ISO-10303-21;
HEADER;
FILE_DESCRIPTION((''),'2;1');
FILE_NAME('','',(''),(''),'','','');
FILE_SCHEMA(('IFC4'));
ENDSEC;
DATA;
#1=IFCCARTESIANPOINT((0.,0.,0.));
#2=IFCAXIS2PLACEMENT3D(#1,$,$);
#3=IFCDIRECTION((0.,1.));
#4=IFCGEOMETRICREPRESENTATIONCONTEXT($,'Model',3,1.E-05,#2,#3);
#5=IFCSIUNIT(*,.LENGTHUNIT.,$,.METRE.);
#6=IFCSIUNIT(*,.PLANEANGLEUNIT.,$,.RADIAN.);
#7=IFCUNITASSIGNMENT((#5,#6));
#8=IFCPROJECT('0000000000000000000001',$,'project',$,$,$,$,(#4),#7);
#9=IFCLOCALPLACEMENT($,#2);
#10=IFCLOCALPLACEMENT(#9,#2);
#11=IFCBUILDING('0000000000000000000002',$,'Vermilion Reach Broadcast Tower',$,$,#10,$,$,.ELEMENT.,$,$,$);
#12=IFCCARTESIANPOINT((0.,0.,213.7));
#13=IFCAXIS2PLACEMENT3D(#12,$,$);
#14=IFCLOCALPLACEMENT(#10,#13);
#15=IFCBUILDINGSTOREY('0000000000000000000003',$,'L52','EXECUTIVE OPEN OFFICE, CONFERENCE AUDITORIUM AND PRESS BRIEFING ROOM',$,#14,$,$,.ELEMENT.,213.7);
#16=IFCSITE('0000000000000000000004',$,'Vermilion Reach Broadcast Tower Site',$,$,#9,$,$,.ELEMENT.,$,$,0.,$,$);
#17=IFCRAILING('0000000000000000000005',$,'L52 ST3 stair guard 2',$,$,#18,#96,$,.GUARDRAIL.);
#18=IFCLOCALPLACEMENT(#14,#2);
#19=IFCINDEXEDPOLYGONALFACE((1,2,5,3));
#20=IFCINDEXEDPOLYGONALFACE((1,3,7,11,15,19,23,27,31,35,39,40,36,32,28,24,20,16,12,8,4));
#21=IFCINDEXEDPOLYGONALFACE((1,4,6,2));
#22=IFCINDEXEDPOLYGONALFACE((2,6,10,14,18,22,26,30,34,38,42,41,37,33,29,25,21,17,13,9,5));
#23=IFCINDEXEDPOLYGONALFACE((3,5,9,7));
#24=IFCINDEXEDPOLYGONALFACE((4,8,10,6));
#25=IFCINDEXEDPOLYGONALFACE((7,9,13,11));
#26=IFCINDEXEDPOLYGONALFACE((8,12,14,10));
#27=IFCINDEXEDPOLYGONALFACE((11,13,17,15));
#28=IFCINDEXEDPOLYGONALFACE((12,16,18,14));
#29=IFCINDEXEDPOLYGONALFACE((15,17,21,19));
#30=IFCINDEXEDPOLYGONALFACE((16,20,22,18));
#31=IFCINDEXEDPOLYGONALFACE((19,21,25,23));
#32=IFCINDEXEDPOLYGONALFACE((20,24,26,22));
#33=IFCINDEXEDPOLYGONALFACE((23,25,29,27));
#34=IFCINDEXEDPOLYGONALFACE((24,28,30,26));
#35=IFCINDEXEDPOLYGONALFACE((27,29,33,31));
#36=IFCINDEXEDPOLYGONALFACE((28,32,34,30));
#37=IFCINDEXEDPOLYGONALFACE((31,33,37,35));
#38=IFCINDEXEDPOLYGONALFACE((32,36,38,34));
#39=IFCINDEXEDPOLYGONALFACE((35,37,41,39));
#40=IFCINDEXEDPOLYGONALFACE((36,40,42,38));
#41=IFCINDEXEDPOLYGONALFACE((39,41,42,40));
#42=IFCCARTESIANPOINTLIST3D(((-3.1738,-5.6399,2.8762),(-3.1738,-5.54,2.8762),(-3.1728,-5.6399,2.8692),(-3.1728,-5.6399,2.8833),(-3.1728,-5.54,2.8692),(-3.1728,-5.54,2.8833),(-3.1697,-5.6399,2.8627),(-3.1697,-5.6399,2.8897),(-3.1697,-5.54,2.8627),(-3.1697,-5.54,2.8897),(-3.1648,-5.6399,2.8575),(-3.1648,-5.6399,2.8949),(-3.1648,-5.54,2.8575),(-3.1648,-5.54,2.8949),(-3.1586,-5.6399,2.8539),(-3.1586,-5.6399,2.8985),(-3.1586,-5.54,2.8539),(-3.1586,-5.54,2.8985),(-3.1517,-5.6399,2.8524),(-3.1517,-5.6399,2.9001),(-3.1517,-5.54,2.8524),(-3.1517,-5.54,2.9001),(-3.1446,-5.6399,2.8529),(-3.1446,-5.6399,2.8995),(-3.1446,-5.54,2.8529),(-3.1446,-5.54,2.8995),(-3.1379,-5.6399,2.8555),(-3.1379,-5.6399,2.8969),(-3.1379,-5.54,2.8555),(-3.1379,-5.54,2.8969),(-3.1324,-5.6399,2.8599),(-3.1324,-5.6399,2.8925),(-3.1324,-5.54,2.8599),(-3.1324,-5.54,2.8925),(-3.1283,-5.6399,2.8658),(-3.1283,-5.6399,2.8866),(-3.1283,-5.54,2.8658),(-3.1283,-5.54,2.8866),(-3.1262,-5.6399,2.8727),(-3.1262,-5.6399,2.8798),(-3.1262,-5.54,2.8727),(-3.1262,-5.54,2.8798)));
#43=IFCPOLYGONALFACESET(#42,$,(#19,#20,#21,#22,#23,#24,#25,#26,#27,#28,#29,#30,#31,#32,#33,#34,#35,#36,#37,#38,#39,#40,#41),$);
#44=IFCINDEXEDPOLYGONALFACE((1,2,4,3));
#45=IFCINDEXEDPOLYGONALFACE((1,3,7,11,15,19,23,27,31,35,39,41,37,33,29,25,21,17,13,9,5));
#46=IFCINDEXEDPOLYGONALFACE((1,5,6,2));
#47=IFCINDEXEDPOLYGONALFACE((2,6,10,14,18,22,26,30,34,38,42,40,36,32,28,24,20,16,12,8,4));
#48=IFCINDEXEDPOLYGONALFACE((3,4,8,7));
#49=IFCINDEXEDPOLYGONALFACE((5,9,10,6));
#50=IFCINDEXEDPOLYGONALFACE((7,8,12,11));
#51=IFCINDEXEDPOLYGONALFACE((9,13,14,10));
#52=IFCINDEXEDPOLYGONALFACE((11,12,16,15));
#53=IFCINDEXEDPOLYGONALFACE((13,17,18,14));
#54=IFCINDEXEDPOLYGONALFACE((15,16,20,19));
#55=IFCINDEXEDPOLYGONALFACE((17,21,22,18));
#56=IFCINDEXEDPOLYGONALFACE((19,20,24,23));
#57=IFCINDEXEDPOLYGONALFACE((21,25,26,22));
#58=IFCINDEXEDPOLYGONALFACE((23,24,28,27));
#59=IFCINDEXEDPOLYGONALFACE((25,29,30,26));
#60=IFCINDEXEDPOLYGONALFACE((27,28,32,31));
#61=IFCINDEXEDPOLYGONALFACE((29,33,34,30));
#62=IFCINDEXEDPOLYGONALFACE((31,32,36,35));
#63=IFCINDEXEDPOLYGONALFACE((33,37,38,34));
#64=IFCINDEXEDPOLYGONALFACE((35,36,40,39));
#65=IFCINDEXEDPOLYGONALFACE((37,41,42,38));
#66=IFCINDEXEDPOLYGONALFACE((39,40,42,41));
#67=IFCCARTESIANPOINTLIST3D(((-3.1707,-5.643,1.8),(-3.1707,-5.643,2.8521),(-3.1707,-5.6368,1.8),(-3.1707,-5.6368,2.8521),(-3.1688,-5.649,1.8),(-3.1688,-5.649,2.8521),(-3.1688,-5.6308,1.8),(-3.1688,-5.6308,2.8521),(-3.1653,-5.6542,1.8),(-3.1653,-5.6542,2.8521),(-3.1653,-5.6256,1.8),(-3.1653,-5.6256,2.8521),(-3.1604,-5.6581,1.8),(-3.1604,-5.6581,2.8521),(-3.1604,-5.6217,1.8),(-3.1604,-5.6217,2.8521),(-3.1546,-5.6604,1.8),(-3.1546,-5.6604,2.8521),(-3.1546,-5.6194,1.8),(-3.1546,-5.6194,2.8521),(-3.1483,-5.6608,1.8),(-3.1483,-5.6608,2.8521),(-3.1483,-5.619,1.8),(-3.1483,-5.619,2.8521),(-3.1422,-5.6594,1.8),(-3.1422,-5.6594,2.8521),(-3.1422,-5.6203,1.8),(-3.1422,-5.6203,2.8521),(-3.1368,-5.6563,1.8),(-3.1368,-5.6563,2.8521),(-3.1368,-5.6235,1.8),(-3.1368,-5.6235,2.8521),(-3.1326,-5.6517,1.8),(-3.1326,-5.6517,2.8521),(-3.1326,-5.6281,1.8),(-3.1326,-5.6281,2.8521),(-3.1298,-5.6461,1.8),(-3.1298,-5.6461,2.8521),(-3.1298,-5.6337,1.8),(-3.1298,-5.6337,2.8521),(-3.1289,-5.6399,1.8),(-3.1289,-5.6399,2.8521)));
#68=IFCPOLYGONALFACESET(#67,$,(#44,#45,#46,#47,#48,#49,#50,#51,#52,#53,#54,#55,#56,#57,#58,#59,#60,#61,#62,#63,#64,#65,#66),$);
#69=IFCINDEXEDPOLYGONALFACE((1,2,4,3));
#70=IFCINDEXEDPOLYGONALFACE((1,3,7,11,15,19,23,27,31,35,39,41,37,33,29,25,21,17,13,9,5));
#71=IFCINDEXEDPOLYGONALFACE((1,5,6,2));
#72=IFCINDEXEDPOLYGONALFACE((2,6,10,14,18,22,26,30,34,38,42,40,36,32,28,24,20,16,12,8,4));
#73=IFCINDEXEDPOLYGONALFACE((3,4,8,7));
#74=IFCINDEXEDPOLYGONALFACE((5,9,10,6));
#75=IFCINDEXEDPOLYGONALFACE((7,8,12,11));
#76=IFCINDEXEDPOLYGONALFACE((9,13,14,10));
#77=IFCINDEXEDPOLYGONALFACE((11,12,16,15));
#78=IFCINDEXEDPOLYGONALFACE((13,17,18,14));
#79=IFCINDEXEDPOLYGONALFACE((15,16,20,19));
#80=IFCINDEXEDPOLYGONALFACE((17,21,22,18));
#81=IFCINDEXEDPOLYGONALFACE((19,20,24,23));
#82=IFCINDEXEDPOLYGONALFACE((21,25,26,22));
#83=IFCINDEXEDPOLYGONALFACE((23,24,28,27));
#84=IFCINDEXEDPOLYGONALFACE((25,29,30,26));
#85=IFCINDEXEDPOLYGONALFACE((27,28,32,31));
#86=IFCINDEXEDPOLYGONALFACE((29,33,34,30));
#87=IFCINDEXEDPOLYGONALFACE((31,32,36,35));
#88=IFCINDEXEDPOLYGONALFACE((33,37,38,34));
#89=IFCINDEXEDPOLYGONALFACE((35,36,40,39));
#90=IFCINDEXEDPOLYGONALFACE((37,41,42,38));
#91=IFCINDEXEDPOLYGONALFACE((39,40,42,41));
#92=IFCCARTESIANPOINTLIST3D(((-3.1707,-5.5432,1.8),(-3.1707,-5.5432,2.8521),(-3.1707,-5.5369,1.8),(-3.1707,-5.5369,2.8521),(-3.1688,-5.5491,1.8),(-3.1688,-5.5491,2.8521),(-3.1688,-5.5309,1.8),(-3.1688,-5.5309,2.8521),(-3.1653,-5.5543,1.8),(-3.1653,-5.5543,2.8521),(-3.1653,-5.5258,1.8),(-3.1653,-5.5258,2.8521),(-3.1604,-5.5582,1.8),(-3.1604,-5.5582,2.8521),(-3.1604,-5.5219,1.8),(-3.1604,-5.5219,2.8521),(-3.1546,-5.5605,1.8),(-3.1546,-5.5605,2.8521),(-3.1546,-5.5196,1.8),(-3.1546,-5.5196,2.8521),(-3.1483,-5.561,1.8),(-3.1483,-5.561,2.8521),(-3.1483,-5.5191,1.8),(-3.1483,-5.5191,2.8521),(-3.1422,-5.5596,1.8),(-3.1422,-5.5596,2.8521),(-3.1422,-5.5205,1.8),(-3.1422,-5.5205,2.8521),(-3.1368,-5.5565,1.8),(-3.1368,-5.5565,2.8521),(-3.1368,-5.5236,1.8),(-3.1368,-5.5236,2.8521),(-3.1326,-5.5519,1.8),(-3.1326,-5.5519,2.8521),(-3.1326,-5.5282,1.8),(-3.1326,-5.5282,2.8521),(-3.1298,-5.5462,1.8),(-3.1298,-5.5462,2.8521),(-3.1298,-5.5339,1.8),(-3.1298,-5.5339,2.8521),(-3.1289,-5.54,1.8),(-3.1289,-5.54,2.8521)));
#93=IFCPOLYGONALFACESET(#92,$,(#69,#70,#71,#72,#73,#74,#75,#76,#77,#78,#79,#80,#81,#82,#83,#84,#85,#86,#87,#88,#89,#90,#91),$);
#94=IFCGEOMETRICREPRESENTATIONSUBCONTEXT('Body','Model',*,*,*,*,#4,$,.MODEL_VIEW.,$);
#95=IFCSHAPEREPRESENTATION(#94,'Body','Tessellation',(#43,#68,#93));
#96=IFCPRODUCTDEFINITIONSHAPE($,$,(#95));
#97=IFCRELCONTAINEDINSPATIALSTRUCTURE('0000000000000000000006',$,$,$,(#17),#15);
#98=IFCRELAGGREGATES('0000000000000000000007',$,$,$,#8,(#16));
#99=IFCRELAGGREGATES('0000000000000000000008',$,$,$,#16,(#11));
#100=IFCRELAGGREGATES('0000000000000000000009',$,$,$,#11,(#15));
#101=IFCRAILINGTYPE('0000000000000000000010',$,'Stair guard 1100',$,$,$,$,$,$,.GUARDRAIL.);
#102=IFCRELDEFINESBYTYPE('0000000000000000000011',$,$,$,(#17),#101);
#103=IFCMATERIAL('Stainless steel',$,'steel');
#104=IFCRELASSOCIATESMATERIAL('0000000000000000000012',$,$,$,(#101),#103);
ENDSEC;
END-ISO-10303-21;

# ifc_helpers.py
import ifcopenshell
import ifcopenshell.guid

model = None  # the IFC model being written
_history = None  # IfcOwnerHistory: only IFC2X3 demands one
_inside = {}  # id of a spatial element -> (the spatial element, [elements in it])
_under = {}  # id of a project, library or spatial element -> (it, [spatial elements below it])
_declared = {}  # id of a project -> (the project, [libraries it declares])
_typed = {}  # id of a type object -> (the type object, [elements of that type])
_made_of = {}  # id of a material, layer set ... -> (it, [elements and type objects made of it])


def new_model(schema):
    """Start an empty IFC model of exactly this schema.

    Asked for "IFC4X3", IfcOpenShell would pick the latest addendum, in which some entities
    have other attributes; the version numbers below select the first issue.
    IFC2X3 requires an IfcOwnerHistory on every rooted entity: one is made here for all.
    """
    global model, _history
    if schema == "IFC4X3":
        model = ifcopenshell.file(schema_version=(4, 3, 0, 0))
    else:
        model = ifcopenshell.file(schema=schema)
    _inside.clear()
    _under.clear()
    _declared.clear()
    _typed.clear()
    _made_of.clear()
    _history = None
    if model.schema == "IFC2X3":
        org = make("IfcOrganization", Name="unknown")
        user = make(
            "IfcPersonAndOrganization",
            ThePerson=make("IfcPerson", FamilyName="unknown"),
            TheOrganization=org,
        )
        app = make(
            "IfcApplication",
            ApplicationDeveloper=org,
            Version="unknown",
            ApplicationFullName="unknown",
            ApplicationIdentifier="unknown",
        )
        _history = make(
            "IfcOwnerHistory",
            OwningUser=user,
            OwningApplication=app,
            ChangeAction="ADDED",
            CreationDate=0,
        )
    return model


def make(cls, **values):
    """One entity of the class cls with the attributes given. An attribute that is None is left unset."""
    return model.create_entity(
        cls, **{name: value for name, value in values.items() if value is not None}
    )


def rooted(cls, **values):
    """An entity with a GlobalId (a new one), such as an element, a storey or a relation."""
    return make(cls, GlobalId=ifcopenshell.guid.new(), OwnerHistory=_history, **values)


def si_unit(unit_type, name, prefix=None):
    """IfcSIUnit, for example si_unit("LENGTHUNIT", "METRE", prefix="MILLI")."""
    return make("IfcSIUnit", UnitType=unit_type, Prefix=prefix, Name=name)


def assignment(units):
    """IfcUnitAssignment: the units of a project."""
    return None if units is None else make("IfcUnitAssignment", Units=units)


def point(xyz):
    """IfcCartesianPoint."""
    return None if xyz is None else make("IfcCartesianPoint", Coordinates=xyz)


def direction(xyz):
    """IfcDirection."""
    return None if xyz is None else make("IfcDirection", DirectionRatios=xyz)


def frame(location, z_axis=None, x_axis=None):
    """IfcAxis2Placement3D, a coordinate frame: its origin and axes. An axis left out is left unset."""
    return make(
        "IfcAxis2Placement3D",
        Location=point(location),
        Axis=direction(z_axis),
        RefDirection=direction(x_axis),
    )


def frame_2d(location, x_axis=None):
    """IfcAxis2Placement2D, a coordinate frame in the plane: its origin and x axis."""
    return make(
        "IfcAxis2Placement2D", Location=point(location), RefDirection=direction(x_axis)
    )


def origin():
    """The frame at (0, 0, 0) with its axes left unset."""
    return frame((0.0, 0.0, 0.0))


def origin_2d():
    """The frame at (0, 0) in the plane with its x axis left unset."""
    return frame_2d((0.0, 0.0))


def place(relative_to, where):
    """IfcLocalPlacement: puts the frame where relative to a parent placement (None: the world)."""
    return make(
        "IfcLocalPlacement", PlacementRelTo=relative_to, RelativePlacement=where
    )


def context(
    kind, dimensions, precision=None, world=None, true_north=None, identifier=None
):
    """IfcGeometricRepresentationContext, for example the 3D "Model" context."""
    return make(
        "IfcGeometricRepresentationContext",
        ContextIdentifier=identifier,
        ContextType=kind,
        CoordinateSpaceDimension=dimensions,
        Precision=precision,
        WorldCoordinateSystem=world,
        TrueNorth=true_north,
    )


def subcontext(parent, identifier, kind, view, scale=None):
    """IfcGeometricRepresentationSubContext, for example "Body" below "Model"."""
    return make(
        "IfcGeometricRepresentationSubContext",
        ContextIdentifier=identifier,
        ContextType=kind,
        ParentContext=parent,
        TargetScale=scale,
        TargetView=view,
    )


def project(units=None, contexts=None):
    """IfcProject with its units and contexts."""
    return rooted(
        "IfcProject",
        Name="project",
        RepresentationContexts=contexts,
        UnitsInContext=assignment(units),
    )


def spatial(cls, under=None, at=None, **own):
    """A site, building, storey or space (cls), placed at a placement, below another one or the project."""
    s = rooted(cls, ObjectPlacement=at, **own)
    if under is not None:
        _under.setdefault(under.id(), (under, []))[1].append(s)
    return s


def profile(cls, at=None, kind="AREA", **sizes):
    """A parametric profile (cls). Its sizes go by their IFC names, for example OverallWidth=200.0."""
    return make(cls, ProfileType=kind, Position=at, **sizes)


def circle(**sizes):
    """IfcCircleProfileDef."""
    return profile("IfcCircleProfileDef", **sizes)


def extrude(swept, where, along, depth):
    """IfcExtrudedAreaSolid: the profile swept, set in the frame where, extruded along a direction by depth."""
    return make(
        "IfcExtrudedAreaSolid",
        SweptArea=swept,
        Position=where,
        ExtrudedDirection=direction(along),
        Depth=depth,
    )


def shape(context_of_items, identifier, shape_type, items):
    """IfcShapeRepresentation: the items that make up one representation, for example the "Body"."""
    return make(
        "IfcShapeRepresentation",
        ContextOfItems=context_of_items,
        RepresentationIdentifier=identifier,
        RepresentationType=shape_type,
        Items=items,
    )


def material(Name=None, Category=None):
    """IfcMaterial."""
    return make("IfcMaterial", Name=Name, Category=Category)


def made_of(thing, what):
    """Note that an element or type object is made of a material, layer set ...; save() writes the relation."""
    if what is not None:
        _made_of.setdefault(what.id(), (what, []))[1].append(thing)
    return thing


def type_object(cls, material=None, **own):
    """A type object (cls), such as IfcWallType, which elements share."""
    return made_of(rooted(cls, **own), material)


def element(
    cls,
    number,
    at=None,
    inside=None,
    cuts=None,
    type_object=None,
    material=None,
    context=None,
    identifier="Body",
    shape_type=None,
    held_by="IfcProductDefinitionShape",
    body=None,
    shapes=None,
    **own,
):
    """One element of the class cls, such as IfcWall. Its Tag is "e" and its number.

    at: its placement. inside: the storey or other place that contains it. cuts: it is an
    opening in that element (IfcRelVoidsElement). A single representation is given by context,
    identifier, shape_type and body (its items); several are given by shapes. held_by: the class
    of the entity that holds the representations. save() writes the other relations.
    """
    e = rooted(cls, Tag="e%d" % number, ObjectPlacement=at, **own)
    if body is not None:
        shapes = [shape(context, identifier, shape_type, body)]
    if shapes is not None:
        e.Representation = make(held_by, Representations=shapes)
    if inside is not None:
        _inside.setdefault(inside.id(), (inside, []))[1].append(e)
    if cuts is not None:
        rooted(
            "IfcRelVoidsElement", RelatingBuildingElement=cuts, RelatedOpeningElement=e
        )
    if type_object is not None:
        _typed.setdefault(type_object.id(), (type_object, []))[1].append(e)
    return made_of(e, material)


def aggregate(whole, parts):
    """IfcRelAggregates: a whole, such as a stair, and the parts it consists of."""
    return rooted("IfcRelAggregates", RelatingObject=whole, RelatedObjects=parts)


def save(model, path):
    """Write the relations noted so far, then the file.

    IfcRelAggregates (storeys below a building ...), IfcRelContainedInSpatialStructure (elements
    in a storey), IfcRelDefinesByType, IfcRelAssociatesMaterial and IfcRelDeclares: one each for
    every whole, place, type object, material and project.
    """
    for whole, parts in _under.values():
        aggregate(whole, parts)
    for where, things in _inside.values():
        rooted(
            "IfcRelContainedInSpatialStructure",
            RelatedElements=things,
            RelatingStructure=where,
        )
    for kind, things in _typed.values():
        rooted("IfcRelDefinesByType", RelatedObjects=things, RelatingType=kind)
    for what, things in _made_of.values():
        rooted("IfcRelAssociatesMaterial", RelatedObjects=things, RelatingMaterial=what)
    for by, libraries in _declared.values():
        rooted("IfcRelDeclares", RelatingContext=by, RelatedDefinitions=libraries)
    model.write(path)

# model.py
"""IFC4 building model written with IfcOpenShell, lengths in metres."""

from ifc_helpers import new_model, si_unit, direction, frame, origin, origin_2d, place, context, subcontext, project, spatial, circle, extrude, material, type_object, element, save


model = new_model("IFC4")

# Units and contexts
model_context = context("Model", 3, precision=1e-05, world=origin(), true_north=direction((0.0, 1.0)))
body_context = subcontext(model_context, "Body", "Model", "MODEL_VIEW")
ifc_project = project(units=[si_unit("LENGTHUNIT", "METRE"), si_unit("PLANEANGLEUNIT", "RADIAN")], contexts=[model_context])

# Site, building, storey
site_placement = place(None, origin())
site = spatial("IfcSite", under=ifc_project, at=site_placement, Name="Vermilion Reach Broadcast Tower Site", CompositionType="ELEMENT", RefElevation=0.0)
building_placement = place(site_placement, origin())
building = spatial("IfcBuilding", under=site, at=building_placement, Name="Vermilion Reach Broadcast Tower", CompositionType="ELEMENT")
storey_placement = place(building_placement, frame((0.0, 0.0, 213.7)))
storey = spatial("IfcBuildingStorey", under=building, at=storey_placement, Name="L52", Description="EXECUTIVE OPEN OFFICE, CONFERENCE AUDITORIUM AND PRESS BRIEFING ROOM", CompositionType="ELEMENT", Elevation=213.7)

# Railing
ifc_material_1 = material(Name="Stainless steel", Category="steel")
railing_type_1 = type_object("IfcRailingType", Name="Stair guard 1100", PredefinedType="GUARDRAIL", material=ifc_material_1)
railing_1_placement = place(storey_placement, frame((-3.1499, -5.6399, 1.8)))
element("IfcRailing", 1, at=railing_1_placement, inside=storey, type_object=railing_type_1, Name="L52 ST3 stair guard 2", PredefinedType="GUARDRAIL", context=body_context, shape_type="SweptSolid", body=[
    extrude(circle(Radius=0.0239, at=origin_2d()), frame((0.0, 0.0, 1.0762), z_axis=(0.0, 1.0, 0.0), x_axis=(-1.0, 0.0, 0.0)), (0.0, 0.0, 1.0), 0.0999),
    extrude(circle(Radius=0.021, at=origin_2d()), origin(), (0.0, 0.0, 1.0), 1.052),
    extrude(circle(Radius=0.021, at=origin_2d()), frame((0.0, 0.0999, 0.0)), (0.0, 0.0, 1.0), 1.052),
])

save(model, "model.ifc")
